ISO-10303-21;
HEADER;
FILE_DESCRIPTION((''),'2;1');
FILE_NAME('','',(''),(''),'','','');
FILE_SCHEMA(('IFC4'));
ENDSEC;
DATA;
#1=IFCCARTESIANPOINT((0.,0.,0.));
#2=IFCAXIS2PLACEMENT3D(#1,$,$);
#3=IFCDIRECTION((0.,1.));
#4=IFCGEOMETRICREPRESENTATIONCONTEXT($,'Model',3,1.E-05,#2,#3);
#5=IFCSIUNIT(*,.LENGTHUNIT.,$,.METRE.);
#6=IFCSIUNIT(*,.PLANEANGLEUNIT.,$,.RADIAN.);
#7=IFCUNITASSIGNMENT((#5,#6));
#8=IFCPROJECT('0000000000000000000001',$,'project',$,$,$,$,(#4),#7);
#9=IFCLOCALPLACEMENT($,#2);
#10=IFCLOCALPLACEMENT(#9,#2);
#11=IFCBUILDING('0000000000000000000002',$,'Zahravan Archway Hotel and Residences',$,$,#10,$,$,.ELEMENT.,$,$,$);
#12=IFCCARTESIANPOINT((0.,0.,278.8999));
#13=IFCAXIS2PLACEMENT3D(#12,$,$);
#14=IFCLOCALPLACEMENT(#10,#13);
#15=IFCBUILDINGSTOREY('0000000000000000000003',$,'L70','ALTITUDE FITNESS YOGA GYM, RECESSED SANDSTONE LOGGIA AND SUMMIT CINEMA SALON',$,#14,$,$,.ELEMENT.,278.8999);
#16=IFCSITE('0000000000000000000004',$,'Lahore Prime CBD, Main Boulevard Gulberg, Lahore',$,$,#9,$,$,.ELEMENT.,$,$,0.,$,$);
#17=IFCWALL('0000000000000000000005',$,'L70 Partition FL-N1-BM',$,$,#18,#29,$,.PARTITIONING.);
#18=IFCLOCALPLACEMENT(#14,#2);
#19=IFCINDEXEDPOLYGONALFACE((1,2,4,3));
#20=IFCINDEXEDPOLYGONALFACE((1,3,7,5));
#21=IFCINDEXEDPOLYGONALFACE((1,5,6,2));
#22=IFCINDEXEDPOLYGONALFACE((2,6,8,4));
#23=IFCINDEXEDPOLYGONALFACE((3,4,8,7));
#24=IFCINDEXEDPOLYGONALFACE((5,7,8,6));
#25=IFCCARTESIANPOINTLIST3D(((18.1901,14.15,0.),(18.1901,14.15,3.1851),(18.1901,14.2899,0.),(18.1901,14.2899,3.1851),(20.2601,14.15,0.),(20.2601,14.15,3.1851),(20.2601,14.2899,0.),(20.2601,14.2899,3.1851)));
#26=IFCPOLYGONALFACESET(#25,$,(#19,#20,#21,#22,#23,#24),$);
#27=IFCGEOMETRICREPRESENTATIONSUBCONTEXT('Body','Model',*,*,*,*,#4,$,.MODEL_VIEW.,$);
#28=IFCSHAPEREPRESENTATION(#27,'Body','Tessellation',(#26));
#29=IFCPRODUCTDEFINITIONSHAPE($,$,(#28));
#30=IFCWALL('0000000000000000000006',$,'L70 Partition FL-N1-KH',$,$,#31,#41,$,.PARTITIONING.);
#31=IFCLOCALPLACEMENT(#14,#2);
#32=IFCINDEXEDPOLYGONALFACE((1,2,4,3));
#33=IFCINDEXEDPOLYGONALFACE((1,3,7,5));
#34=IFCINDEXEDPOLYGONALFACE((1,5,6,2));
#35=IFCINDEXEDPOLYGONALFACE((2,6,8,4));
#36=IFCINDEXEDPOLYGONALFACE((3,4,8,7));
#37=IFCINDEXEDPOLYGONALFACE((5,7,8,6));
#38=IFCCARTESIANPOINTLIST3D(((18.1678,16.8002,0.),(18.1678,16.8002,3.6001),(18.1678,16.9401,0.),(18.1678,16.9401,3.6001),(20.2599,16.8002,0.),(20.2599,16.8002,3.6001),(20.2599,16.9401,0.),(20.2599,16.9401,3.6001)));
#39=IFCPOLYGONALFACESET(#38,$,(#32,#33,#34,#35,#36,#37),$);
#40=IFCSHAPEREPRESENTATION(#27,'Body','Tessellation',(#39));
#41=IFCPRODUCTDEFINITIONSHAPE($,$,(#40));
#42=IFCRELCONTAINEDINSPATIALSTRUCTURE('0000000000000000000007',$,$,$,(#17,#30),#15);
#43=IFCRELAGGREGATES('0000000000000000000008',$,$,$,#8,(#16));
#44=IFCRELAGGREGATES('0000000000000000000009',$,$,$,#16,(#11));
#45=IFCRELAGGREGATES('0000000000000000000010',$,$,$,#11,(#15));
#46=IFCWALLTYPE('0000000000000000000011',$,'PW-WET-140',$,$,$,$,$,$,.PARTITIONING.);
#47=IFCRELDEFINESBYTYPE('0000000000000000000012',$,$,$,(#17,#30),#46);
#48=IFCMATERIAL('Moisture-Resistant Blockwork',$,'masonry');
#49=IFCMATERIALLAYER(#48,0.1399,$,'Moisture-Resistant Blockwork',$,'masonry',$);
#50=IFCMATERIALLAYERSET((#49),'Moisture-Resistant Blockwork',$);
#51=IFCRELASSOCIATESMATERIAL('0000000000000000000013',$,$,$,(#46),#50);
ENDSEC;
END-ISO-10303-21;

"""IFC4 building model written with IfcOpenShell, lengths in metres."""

from ifc_helpers import new_model, si_unit, direction, frame, frame_2d, origin, place, context, subcontext, project, spatial, rectangle, extrude, material, layer, layer_set, type_object, element, save


model = new_model("IFC4")

# Units and contexts
model_context = context("Model", 3, precision=1e-05, world=origin(), true_north=direction((0.0, 1.0)))
body_context = subcontext(model_context, "Body", "Model", "MODEL_VIEW")
ifc_project = project(units=[si_unit("LENGTHUNIT", "METRE"), si_unit("PLANEANGLEUNIT", "RADIAN")], contexts=[model_context])

# Site, building, storey
site_placement = place(None, origin())
site = spatial("IfcSite", under=ifc_project, at=site_placement, Name="Lahore Prime CBD, Main Boulevard Gulberg, Lahore", CompositionType="ELEMENT", RefElevation=0.0)
building_placement = place(site_placement, origin())
building = spatial("IfcBuilding", under=site, at=building_placement, Name="Zahravan Archway Hotel and Residences", CompositionType="ELEMENT")
storey_placement = place(building_placement, frame((0.0, 0.0, 278.8999)))
storey = spatial("IfcBuildingStorey", under=building, at=storey_placement, Name="L70", Description="ALTITUDE FITNESS YOGA GYM, RECESSED SANDSTONE LOGGIA AND SUMMIT CINEMA SALON", CompositionType="ELEMENT", Elevation=278.8999)

# Walls
ifc_material_1 = material(Name="Moisture-Resistant Blockwork", Category="masonry")
ifc_layer_1 = layer(ifc_material_1, 0.1399, Name="Moisture-Resistant Blockwork", Category="masonry")
ifc_layer_set_1 = layer_set([ifc_layer_1], Name="Moisture-Resistant Blockwork")
wall_type_1 = type_object("IfcWallType", Name="PW-WET-140", PredefinedType="PARTITIONING", material=ifc_layer_set_1)
wall_1_placement = place(storey_placement, frame((18.1899, 14.22, 0.0), z_axis=(0.0, 0.0, 1.0), x_axis=(1.0, 0.0, 0.0)))
element("IfcWall", 1, at=wall_1_placement, inside=storey, type_object=wall_type_1, Name="L70 Partition FL-N1-BM", PredefinedType="PARTITIONING", context=body_context, shape_type="SweptSolid", body=[
    extrude(rectangle(XDim=2.0701, YDim=0.1399, at=frame_2d((1.0352, 0.0))), origin(), (0.0, 0.0, 1.0), 3.1851),
])
wall_2_placement = place(storey_placement, frame((18.168, 16.8701, 0.0), z_axis=(0.0, 0.0, 1.0), x_axis=(1.0, 0.0, 0.0)))
element("IfcWall", 2, at=wall_2_placement, inside=storey, type_object=wall_type_1, Name="L70 Partition FL-N1-KH", PredefinedType="PARTITIONING", context=body_context, shape_type="SweptSolid", body=[
    extrude(rectangle(XDim=2.092, YDim=0.1399, at=frame_2d((1.0459, 0.0))), origin(), (0.0, 0.0, 1.0), 3.6001),
])

save(model, "model.ifc")
